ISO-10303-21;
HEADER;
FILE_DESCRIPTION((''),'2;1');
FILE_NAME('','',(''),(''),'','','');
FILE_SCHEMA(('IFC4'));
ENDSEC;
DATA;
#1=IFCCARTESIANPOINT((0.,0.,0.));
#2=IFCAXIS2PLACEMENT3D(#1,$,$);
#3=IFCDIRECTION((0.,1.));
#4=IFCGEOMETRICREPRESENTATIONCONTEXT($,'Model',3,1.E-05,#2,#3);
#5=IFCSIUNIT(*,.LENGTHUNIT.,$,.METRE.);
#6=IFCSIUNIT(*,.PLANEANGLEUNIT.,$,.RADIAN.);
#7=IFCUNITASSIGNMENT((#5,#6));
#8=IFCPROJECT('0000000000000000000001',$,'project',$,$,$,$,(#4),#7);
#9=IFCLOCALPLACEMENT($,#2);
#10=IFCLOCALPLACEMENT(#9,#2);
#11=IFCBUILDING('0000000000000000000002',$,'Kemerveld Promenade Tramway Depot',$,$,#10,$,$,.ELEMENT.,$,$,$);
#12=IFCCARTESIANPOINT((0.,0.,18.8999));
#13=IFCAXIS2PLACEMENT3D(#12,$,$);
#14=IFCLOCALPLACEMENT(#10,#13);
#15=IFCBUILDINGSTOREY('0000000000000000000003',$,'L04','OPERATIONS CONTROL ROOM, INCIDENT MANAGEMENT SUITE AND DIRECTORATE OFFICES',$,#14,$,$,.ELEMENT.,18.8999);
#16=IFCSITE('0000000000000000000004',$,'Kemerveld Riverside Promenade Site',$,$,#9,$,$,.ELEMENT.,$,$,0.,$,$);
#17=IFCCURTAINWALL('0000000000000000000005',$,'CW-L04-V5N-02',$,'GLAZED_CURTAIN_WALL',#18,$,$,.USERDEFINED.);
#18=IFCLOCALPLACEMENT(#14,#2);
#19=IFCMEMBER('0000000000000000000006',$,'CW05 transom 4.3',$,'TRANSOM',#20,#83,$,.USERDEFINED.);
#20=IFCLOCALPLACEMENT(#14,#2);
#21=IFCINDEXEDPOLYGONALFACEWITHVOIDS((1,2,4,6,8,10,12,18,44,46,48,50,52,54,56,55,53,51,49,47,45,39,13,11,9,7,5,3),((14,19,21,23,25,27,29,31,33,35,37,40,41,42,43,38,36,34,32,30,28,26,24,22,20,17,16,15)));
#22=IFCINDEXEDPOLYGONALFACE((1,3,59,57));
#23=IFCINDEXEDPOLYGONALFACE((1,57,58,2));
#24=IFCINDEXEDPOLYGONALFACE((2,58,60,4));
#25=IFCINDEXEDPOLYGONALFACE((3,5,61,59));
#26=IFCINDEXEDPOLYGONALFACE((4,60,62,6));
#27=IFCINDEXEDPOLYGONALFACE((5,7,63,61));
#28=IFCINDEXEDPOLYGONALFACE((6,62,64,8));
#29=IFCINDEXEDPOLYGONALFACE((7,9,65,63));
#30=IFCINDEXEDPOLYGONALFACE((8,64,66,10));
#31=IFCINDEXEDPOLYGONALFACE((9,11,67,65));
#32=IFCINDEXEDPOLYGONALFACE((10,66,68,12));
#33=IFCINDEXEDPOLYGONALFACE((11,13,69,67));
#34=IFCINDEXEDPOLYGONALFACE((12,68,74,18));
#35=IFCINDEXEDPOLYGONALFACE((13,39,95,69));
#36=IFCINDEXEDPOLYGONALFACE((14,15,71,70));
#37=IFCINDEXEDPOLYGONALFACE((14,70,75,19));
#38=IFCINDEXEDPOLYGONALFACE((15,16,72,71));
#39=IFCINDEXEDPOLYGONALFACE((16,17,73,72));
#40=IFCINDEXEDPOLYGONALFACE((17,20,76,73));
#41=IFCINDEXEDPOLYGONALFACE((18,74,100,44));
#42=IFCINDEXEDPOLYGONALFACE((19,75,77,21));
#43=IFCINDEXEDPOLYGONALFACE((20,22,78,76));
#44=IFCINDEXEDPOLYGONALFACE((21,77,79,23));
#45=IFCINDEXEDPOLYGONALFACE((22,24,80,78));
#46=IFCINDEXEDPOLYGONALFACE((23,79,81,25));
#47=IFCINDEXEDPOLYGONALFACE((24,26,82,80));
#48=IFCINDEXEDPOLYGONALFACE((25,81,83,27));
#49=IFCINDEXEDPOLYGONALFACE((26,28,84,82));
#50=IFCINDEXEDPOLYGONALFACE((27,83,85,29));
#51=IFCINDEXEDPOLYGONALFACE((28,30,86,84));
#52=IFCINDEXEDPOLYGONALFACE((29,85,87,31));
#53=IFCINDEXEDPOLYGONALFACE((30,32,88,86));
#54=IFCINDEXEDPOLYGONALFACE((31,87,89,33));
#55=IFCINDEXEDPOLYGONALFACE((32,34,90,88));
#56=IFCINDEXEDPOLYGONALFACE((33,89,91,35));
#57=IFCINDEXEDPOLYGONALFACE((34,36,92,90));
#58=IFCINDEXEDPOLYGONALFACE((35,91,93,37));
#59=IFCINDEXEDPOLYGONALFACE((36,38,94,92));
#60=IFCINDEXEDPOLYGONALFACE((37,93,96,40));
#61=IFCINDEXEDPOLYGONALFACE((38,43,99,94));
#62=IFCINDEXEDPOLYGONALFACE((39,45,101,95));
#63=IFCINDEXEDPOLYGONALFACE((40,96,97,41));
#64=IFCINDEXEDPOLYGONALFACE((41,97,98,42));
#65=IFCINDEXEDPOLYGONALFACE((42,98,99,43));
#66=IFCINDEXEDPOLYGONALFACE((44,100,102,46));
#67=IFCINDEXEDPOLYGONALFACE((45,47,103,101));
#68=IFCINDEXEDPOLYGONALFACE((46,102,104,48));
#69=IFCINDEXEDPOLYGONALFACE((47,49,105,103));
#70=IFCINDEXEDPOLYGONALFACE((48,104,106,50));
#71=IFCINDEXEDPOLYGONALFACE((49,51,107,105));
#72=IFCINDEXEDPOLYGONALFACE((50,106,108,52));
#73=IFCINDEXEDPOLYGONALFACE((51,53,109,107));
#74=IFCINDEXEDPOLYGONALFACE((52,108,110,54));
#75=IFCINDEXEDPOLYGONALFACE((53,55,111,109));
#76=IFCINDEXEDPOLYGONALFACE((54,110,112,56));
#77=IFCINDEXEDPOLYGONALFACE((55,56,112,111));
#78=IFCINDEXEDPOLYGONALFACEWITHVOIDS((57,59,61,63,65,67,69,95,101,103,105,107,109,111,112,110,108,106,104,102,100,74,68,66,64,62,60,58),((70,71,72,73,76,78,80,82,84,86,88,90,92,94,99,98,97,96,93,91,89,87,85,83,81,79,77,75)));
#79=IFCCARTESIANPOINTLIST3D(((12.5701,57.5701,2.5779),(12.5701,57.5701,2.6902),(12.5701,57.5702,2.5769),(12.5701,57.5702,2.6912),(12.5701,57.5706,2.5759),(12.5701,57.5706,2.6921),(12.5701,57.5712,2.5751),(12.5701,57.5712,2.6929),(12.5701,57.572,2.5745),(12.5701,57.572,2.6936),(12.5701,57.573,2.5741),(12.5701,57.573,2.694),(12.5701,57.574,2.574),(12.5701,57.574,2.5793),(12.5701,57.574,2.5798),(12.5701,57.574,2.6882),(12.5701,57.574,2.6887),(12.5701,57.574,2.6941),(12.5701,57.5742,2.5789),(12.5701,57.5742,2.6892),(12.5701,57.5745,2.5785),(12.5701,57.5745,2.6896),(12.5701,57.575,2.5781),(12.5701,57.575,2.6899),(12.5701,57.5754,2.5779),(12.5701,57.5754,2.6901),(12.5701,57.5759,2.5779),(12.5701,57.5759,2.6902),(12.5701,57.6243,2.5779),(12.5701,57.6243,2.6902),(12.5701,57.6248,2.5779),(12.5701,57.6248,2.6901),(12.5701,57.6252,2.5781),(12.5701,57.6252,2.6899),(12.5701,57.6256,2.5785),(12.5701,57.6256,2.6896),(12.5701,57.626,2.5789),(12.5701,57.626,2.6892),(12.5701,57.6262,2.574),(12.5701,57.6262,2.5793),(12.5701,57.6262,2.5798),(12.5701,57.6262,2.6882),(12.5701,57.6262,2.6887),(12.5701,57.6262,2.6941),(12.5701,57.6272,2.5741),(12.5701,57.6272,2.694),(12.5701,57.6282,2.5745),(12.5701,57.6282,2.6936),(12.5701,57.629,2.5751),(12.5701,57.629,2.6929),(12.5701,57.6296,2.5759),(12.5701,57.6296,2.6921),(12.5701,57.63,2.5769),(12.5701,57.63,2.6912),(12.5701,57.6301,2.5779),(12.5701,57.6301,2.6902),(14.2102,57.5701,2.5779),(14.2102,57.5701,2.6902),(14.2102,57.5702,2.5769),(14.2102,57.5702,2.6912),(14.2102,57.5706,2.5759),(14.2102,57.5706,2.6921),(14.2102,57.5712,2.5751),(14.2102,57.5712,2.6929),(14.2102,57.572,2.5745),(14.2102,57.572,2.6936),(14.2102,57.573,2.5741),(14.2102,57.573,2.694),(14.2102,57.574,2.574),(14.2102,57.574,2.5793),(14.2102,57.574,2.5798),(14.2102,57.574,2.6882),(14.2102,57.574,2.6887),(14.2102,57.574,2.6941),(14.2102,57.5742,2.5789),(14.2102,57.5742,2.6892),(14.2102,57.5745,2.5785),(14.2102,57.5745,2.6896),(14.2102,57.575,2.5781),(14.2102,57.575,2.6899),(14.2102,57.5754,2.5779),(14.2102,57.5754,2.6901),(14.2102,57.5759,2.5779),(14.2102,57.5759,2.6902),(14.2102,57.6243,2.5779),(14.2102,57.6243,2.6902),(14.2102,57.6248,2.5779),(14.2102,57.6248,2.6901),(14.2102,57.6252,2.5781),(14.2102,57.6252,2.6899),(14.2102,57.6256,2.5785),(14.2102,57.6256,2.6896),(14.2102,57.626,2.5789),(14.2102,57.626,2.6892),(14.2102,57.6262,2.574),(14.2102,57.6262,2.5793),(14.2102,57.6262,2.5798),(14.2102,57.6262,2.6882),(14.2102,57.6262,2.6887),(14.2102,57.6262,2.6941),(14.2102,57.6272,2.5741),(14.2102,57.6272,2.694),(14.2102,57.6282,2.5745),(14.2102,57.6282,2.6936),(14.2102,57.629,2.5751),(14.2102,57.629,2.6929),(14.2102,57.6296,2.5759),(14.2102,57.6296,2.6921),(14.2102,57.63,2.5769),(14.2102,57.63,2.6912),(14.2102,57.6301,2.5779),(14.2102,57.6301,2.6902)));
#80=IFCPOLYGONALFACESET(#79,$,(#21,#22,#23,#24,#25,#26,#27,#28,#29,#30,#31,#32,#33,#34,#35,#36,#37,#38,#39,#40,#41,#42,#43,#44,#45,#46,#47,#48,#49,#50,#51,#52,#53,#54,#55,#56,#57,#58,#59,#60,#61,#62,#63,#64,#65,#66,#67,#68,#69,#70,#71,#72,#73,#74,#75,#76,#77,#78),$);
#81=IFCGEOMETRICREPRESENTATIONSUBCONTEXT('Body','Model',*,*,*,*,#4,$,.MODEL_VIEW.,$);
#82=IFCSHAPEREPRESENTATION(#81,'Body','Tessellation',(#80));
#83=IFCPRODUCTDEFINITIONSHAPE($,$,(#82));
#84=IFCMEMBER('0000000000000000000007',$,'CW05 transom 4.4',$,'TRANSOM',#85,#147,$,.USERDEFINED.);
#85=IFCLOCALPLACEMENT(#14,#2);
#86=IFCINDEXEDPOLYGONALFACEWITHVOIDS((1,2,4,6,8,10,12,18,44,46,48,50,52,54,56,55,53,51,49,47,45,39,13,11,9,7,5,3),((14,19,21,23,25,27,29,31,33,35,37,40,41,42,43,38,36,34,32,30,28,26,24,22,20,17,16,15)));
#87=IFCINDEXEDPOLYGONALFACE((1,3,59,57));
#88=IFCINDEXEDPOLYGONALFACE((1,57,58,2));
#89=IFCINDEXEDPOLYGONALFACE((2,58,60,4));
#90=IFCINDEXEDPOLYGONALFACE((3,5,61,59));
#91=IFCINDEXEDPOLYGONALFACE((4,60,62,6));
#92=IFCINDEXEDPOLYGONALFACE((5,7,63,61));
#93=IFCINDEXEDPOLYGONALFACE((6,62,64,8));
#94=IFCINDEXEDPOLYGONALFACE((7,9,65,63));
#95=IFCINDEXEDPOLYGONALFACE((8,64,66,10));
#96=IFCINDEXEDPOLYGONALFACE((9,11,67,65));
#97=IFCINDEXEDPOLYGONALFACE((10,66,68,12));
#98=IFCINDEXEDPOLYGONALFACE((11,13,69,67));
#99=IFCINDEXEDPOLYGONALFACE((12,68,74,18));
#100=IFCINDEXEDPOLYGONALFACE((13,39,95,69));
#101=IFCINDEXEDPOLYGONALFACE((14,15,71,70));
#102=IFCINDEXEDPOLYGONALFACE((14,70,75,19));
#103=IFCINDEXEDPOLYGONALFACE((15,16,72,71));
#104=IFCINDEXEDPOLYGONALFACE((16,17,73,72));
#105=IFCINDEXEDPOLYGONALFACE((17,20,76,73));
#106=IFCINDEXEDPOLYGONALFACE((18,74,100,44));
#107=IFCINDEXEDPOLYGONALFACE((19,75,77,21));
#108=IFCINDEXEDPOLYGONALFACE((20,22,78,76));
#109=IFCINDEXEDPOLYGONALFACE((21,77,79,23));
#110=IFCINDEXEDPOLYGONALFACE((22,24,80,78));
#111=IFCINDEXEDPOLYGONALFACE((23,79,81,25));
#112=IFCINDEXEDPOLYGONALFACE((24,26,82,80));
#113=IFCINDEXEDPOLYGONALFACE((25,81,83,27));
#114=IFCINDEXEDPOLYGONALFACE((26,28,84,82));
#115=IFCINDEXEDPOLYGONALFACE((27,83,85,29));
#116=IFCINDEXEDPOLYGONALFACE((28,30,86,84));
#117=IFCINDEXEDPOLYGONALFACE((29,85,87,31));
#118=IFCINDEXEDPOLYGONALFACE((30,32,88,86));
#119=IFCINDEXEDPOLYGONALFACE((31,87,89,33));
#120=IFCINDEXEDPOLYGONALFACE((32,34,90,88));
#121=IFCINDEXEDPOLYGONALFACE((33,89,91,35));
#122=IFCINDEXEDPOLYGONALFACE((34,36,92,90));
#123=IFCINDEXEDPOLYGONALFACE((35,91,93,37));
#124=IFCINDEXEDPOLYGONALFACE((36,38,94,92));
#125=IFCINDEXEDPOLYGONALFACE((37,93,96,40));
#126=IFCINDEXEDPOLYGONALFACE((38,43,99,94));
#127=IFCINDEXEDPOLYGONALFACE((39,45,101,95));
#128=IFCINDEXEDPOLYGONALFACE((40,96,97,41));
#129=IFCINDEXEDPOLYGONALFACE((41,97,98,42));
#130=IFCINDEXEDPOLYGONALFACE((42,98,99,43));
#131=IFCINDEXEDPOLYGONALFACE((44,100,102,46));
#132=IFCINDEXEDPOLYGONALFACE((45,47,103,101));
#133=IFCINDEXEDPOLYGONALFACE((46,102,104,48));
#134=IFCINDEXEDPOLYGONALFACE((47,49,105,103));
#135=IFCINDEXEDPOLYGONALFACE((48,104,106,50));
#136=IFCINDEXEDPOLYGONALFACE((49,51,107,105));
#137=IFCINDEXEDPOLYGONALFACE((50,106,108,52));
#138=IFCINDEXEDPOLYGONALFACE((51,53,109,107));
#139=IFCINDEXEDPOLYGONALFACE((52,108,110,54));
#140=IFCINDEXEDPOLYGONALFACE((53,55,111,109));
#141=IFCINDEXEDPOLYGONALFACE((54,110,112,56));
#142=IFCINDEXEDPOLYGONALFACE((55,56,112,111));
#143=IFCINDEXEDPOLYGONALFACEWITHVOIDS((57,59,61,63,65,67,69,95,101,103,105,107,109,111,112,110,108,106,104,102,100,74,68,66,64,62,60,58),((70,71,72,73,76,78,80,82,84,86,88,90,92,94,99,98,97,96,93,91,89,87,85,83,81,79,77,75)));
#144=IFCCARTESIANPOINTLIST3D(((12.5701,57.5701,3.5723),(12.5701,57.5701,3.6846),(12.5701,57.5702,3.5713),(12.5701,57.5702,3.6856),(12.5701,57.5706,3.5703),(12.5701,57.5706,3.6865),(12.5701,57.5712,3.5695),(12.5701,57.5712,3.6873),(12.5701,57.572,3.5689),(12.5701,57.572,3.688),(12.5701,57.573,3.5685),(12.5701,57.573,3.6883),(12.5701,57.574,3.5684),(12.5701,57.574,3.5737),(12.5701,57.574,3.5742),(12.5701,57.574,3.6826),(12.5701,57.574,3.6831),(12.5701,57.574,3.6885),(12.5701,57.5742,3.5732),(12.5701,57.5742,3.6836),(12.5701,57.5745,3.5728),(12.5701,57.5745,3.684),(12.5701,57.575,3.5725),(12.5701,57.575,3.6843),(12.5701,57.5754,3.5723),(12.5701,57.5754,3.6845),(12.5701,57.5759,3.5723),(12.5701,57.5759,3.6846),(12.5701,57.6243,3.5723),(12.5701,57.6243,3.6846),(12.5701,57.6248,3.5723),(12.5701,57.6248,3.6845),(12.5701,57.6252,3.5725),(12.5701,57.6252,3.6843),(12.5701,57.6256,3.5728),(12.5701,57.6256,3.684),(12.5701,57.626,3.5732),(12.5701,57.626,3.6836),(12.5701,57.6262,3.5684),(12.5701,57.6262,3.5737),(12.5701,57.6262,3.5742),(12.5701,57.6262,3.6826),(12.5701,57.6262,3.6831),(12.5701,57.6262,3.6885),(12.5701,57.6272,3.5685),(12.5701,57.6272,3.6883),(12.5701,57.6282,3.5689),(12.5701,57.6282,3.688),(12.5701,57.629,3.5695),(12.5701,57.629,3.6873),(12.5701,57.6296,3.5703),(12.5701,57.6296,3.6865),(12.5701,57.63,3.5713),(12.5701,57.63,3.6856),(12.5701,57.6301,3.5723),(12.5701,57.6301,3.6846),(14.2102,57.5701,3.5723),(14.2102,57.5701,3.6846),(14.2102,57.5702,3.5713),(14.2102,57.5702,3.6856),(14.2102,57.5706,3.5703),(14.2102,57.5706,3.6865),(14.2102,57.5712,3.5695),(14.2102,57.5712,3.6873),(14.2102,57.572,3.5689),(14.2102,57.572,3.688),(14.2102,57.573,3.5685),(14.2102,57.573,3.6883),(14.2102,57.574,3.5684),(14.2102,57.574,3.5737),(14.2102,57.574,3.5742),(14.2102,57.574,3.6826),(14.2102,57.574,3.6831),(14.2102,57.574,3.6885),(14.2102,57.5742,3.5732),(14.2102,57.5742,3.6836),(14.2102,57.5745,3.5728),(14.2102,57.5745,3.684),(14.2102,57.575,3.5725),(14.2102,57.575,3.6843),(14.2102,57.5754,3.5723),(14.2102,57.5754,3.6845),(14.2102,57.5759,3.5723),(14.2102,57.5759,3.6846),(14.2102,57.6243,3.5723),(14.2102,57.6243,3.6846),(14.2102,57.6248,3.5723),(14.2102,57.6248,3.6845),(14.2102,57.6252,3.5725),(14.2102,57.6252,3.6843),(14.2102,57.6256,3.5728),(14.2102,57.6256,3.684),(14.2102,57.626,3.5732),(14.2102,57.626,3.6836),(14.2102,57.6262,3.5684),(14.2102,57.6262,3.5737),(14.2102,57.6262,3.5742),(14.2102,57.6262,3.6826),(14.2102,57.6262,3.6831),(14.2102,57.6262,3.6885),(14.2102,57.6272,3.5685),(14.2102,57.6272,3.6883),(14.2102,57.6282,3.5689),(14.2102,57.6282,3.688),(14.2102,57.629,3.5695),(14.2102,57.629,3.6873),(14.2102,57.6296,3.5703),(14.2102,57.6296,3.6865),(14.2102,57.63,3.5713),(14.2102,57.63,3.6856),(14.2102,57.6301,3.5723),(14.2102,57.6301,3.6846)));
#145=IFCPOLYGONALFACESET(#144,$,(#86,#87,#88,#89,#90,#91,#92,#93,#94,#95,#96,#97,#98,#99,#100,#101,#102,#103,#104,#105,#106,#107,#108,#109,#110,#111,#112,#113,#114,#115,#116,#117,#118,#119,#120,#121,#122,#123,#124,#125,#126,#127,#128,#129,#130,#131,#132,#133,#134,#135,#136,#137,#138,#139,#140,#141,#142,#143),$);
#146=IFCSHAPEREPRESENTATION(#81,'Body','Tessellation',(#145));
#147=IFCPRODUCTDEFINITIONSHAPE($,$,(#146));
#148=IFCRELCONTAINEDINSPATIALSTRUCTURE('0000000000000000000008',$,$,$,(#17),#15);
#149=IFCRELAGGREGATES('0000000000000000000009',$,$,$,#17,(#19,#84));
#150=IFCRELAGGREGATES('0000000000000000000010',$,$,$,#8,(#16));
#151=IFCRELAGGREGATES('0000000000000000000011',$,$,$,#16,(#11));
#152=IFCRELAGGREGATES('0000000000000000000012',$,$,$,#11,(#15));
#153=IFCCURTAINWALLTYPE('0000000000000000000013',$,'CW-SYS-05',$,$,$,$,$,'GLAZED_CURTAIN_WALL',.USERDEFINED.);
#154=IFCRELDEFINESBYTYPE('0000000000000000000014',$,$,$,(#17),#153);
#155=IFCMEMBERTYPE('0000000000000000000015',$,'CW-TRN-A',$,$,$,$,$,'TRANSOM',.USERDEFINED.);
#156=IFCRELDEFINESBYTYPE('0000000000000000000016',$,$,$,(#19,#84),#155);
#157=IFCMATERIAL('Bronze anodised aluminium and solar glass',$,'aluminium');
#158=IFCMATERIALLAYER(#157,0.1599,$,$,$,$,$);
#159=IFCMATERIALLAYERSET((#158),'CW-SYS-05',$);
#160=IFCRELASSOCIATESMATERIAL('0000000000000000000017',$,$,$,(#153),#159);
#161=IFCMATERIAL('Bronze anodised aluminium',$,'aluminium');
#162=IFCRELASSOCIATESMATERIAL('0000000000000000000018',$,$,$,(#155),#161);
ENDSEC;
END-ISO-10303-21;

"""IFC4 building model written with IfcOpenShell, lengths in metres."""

from ifc_helpers import new_model, si_unit, direction, frame, origin, origin_2d, place, context, subcontext, project, spatial, hollow_rectangle, extrude, material, layer, layer_set, material_profile, profile_set, type_object, element, aggregate, save


model = new_model("IFC4")

# Units and contexts
model_context = context("Model", 3, precision=1e-05, world=origin(), true_north=direction((0.0, 1.0)))
body_context = subcontext(model_context, "Body", "Model", "MODEL_VIEW")
ifc_project = project(units=[si_unit("LENGTHUNIT", "METRE"), si_unit("PLANEANGLEUNIT", "RADIAN")], contexts=[model_context])

# Site, building, storey
site_placement = place(None, origin())
site = spatial("IfcSite", under=ifc_project, at=site_placement, Name="Kemerveld Riverside Promenade Site", CompositionType="ELEMENT", RefElevation=0.0)
building_placement = place(site_placement, origin())
building = spatial("IfcBuilding", under=site, at=building_placement, Name="Kemerveld Promenade Tramway Depot", CompositionType="ELEMENT")
storey_placement = place(building_placement, frame((0.0, 0.0, 18.8999)))
storey = spatial("IfcBuildingStorey", under=building, at=storey_placement, Name="L04", Description="OPERATIONS CONTROL ROOM, INCIDENT MANAGEMENT SUITE AND DIRECTORATE OFFICES", CompositionType="ELEMENT", Elevation=18.8999)

# Curtain wall, members
ifc_material_1 = material(Name="Bronze anodised aluminium and solar glass", Category="aluminium")
ifc_layer_1 = layer(ifc_material_1, 0.1599)
ifc_layer_set_1 = layer_set([ifc_layer_1], Name="CW-SYS-05")
curtain_wall_type = type_object("IfcCurtainWallType", Name="CW-SYS-05", ElementType="GLAZED_CURTAIN_WALL", PredefinedType="USERDEFINED", material=ifc_layer_set_1)
curtain_wall_placement = place(storey_placement, origin())
curtain_wall = element("IfcCurtainWall", 1, at=curtain_wall_placement, inside=storey, type_object=curtain_wall_type, Name="CW-L04-V5N-02", ObjectType="GLAZED_CURTAIN_WALL", PredefinedType="USERDEFINED")
ifc_material_2 = material(Name="Bronze anodised aluminium", Category="aluminium")
ifc_material_profile_1 = material_profile(ifc_material_2, hollow_rectangle(XDim=0.0601, YDim=0.1201, WallThickness=0.0039, InnerFilletRadius=0.002, OuterFilletRadius=0.0039, at=origin_2d()), Name="CW-TRN-120x60")
ifc_profile_set_1 = profile_set([ifc_material_profile_1], Name="Bronze anodised aluminium")
member_type_1 = type_object("IfcMemberType", Name="CW-TRN-A", ElementType="TRANSOM", PredefinedType="USERDEFINED", material=ifc_profile_set_1)
member_1_placement = place(storey_placement, frame((12.5701, 57.6001, 2.634), z_axis=(1.0, 0.0, 0.0), x_axis=(0.0, 1.0, 0.0)))
member_1 = element("IfcMember", 2, at=member_1_placement, type_object=member_type_1, Name="CW05 transom 4.3", ObjectType="TRANSOM", PredefinedType="USERDEFINED", context=body_context, shape_type="SweptSolid", body=[
    extrude(hollow_rectangle(XDim=0.0601, YDim=0.1201, WallThickness=0.0039, InnerFilletRadius=0.002, OuterFilletRadius=0.0039, at=origin_2d()), origin(), (0.0, 0.0, 1.0), 1.6401),
])
member_2_placement = place(storey_placement, frame((12.5701, 57.6001, 3.6284), z_axis=(1.0, 0.0, 0.0), x_axis=(0.0, 1.0, 0.0)))
member_2 = element("IfcMember", 3, at=member_2_placement, type_object=member_type_1, Name="CW05 transom 4.4", ObjectType="TRANSOM", PredefinedType="USERDEFINED", context=body_context, shape_type="SweptSolid", body=[
    extrude(hollow_rectangle(XDim=0.0601, YDim=0.1201, WallThickness=0.0039, InnerFilletRadius=0.002, OuterFilletRadius=0.0039, at=origin_2d()), origin(), (0.0, 0.0, 1.0), 1.6401),
])

aggregate(curtain_wall, [member_1, member_2])

save(model, "model.ifc")
